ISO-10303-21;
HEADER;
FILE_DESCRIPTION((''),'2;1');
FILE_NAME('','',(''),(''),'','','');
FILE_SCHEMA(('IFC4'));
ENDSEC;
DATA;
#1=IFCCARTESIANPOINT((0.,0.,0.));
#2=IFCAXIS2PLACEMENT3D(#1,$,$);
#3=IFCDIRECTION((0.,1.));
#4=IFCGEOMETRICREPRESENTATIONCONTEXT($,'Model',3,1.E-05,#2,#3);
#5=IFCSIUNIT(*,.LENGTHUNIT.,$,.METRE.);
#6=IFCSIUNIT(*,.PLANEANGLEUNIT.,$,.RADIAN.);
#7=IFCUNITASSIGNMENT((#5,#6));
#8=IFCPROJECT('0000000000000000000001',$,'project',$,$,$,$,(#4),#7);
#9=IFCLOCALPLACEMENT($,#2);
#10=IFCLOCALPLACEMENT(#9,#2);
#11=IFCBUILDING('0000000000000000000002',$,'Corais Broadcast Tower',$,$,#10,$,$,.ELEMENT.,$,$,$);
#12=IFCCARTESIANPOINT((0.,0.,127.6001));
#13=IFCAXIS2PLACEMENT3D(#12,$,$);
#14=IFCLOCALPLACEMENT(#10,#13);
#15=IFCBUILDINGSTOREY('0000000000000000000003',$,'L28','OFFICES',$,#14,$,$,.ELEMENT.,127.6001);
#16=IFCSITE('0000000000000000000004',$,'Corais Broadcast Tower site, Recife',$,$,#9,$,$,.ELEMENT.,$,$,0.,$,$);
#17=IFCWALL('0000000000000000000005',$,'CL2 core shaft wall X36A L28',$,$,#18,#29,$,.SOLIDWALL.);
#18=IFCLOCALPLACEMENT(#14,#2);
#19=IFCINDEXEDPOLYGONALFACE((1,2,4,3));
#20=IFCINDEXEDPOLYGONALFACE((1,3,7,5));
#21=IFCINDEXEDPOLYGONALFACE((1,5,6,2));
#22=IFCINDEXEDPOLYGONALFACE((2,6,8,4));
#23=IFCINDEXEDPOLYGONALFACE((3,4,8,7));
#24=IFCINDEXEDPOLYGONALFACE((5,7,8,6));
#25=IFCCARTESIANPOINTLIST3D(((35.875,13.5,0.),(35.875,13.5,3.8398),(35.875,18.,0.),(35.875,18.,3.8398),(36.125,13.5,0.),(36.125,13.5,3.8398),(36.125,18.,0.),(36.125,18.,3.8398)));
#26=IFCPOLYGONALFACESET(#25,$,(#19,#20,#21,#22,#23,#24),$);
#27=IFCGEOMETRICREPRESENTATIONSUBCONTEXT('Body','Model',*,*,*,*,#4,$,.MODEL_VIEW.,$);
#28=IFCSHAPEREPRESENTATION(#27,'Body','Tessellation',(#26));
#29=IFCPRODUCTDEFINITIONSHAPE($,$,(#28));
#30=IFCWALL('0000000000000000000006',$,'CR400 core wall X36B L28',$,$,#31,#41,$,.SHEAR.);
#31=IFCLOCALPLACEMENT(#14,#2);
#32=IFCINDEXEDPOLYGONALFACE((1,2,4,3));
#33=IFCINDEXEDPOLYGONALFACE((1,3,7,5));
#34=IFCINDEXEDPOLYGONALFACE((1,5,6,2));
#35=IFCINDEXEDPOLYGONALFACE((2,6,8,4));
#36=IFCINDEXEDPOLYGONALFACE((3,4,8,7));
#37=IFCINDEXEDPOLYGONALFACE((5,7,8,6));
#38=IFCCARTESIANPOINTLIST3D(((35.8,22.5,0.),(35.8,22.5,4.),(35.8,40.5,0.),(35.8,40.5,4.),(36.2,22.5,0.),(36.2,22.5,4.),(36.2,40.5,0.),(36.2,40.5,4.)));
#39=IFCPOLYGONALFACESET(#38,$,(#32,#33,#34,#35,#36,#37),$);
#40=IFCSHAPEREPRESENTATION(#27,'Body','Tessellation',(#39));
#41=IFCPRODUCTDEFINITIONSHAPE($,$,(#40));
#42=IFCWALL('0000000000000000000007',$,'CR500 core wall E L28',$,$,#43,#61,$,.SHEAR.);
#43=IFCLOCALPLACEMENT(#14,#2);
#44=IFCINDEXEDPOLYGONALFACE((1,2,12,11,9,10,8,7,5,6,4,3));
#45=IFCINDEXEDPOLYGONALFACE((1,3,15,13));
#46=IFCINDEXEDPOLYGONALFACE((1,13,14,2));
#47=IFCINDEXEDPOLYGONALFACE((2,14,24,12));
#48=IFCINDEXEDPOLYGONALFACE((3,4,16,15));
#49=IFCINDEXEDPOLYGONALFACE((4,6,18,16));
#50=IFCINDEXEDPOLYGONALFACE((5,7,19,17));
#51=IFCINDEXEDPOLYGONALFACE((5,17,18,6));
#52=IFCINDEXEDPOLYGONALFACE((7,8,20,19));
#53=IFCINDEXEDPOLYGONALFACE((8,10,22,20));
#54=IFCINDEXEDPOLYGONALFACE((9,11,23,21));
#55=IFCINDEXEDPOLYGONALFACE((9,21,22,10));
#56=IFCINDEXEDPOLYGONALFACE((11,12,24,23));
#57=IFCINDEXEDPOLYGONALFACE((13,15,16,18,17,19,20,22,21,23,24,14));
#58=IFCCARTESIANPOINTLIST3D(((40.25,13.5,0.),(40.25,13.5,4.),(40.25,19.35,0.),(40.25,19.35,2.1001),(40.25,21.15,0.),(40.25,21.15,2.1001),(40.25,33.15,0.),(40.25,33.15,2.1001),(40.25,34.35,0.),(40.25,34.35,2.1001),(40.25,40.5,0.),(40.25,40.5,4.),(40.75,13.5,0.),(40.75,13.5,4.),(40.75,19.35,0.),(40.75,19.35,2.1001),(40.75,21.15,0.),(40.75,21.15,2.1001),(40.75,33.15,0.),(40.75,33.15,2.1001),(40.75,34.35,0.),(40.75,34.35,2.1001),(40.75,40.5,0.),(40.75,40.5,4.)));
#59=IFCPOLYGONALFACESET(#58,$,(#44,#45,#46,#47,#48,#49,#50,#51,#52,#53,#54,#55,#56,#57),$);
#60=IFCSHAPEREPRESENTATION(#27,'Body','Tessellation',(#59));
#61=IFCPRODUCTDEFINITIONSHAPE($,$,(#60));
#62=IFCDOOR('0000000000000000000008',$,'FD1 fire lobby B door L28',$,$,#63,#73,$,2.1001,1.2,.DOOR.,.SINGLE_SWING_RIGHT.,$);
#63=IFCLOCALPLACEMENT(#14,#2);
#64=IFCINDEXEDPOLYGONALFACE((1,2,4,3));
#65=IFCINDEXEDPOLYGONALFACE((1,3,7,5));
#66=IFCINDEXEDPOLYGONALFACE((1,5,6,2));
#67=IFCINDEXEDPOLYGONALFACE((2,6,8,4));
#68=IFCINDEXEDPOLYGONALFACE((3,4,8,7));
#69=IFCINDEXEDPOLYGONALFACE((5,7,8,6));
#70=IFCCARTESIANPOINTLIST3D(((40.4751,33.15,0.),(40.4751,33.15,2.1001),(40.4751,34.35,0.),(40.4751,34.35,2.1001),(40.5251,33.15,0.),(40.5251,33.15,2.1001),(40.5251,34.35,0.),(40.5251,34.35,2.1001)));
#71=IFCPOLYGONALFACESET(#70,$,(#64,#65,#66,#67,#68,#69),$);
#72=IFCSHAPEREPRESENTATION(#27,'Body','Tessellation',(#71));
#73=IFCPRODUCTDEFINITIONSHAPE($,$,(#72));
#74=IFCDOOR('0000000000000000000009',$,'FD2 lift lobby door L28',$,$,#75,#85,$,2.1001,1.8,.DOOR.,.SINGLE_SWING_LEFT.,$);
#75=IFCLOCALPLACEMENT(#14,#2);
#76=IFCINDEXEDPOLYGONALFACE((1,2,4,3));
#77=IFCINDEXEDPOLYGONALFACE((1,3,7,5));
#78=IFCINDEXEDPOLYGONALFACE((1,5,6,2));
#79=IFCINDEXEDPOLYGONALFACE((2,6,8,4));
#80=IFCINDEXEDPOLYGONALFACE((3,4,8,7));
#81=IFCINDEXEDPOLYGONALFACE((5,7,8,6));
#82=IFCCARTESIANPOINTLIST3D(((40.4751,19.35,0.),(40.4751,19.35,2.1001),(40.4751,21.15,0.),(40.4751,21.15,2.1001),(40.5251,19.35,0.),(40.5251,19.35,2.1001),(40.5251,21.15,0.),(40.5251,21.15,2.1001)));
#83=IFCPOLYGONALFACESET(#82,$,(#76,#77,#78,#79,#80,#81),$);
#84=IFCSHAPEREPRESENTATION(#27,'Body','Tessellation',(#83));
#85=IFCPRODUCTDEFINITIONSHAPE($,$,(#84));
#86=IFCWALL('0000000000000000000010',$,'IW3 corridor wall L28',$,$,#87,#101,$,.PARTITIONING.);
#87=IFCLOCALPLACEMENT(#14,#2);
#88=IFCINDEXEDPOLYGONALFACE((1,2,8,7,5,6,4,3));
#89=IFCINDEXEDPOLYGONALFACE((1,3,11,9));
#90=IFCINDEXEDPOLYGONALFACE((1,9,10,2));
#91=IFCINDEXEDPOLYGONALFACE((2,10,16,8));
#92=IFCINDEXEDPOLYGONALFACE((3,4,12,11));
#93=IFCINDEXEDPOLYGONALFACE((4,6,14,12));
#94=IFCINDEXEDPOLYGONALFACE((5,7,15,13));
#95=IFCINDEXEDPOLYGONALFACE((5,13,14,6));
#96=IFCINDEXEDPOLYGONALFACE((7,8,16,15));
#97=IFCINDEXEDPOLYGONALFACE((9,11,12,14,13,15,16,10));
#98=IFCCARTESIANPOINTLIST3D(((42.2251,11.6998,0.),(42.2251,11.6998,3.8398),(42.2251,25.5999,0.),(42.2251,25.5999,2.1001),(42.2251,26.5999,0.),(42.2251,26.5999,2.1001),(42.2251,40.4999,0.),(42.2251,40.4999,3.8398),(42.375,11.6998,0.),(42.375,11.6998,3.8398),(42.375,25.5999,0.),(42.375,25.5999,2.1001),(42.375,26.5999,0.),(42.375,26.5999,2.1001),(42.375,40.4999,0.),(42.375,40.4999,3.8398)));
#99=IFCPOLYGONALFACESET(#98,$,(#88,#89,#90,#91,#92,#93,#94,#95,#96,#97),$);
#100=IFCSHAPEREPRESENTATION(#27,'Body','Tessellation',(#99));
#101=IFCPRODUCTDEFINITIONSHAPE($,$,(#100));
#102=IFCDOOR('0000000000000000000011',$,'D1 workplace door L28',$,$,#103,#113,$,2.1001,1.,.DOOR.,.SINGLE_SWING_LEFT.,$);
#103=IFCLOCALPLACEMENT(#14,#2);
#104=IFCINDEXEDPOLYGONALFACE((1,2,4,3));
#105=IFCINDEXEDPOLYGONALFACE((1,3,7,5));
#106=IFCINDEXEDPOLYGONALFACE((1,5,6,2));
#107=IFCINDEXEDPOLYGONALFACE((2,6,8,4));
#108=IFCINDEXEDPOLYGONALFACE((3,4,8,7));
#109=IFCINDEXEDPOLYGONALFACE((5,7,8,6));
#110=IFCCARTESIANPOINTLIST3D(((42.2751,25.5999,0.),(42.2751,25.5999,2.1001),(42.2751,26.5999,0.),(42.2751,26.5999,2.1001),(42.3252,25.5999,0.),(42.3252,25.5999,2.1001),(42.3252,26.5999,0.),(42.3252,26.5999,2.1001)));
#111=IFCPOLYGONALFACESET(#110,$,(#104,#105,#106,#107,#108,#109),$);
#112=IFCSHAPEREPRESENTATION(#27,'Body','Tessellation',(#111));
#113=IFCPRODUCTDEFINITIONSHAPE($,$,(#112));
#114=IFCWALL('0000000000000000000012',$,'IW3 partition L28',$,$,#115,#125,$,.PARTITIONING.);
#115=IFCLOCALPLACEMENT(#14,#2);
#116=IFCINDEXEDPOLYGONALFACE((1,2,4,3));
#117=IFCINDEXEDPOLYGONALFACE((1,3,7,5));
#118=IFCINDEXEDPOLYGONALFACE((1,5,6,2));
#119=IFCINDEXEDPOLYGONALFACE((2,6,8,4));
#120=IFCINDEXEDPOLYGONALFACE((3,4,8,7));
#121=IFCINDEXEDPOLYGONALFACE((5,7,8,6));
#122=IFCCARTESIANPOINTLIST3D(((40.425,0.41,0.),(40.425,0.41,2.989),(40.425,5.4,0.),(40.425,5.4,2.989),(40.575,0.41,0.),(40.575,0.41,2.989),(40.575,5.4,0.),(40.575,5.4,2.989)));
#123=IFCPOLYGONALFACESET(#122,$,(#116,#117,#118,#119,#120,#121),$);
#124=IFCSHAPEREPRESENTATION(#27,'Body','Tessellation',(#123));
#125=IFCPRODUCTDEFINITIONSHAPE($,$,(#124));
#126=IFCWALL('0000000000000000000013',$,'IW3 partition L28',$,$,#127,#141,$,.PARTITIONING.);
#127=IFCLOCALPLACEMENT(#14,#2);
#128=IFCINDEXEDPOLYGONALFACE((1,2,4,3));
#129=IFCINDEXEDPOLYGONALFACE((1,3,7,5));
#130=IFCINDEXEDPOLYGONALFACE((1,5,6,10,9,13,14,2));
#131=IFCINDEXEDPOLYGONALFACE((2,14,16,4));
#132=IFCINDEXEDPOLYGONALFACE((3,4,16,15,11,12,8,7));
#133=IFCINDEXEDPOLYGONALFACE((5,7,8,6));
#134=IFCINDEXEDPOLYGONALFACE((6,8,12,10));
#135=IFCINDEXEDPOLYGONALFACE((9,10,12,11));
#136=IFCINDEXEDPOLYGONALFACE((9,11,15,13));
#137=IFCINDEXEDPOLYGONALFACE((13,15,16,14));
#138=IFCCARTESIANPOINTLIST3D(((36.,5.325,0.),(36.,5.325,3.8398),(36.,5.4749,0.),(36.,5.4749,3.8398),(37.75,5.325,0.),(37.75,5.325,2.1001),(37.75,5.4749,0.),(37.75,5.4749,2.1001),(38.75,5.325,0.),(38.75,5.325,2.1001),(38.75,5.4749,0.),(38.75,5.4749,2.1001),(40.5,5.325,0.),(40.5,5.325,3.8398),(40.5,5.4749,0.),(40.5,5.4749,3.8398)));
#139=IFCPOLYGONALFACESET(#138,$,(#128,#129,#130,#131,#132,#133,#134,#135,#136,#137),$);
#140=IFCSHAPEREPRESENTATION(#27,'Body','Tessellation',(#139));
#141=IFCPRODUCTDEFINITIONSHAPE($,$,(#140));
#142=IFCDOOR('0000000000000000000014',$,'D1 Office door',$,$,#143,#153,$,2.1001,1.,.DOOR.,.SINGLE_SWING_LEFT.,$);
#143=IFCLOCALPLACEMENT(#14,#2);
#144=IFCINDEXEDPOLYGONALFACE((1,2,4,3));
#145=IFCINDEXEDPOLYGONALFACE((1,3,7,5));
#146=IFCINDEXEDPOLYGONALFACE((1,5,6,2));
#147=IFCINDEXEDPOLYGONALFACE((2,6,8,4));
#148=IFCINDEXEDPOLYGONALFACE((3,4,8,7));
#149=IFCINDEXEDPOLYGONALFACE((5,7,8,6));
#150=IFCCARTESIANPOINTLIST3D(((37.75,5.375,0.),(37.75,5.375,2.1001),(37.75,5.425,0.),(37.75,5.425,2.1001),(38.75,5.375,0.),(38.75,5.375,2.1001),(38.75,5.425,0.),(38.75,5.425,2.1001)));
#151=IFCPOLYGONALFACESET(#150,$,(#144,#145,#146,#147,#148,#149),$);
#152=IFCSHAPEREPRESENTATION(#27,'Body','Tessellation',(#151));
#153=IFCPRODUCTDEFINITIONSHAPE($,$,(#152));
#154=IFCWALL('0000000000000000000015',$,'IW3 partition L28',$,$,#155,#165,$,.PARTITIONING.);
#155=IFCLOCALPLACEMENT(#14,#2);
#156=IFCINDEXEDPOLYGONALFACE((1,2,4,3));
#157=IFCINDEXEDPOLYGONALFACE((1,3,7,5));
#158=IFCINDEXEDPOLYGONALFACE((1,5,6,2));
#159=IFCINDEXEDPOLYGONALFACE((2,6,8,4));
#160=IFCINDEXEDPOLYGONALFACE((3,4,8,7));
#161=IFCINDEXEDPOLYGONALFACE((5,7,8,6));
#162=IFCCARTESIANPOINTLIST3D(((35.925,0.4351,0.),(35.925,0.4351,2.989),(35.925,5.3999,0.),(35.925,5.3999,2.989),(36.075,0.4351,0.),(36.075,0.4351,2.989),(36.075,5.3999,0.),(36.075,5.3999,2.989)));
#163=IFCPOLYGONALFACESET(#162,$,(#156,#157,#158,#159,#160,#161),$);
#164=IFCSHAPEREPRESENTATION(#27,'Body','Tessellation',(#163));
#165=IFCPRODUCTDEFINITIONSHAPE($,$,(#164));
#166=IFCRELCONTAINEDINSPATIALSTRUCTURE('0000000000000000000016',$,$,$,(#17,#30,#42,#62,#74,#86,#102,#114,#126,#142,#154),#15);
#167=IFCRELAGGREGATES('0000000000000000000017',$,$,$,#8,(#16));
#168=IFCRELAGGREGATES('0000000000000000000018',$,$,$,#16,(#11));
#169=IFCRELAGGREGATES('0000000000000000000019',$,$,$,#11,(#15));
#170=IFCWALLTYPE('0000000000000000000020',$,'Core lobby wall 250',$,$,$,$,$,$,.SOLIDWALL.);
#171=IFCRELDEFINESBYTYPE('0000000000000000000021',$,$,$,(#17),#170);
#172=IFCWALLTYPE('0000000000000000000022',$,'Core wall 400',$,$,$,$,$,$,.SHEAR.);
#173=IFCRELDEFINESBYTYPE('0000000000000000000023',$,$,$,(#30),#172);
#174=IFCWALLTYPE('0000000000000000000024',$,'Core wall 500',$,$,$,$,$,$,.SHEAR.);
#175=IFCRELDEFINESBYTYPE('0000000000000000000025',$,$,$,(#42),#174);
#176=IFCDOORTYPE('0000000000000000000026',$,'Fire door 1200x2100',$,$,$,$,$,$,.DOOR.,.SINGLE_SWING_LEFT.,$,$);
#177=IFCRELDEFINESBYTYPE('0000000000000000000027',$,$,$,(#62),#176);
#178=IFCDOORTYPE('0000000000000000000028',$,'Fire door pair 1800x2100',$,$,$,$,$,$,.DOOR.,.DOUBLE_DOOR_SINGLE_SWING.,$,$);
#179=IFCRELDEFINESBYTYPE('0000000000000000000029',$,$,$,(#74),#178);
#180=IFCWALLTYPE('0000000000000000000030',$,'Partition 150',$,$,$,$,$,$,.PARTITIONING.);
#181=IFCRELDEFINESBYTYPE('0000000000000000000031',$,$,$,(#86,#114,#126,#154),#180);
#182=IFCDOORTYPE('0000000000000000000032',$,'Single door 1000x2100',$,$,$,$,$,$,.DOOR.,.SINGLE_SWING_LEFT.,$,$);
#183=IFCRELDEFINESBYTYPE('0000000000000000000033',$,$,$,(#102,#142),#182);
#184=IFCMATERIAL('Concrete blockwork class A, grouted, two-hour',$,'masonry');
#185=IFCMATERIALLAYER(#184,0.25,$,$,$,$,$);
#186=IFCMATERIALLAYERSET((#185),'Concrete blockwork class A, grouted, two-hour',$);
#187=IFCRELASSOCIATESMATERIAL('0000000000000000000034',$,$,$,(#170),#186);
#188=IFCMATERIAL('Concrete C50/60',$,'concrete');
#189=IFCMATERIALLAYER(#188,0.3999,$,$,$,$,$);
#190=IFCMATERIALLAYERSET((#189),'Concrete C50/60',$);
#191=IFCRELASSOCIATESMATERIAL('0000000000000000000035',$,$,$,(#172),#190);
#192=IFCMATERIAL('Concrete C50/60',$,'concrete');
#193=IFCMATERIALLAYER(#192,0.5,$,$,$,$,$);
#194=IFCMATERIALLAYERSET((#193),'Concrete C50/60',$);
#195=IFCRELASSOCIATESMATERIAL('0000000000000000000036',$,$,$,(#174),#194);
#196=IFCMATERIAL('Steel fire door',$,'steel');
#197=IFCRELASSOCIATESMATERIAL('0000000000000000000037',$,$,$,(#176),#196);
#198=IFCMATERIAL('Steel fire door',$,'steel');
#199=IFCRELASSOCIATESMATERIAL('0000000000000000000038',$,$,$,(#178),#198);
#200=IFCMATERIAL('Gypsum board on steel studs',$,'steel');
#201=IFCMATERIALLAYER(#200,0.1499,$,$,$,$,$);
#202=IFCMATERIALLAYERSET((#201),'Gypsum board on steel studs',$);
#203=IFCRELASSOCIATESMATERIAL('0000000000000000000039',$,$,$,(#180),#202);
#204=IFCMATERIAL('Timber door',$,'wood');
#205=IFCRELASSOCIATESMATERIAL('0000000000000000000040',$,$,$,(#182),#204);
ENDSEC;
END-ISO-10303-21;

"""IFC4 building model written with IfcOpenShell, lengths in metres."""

from ifc_helpers import new_model, si_unit, direction, frame, frame_2d, origin, place, context, subcontext, project, spatial, rectangle, extrude, material, layer, layer_set, type_object, element, fill, save


model = new_model("IFC4")

# Units and contexts
model_context = context("Model", 3, precision=1e-05, world=origin(), true_north=direction((0.0, 1.0)))
body_context = subcontext(model_context, "Body", "Model", "MODEL_VIEW")
ifc_project = project(units=[si_unit("LENGTHUNIT", "METRE"), si_unit("PLANEANGLEUNIT", "RADIAN")], contexts=[model_context])

# Site, building, storey
site_placement = place(None, origin())
site = spatial("IfcSite", under=ifc_project, at=site_placement, Name="Corais Broadcast Tower site, Recife", CompositionType="ELEMENT", RefElevation=0.0)
building_placement = place(site_placement, origin())
building = spatial("IfcBuilding", under=site, at=building_placement, Name="Corais Broadcast Tower", CompositionType="ELEMENT")
storey_placement = place(building_placement, frame((0.0, 0.0, 127.6001)))
storey = spatial("IfcBuildingStorey", under=building, at=storey_placement, Name="L28", Description="OFFICES", CompositionType="ELEMENT", Elevation=127.6001)

# Walls
ifc_material_1 = material(Name="Concrete blockwork class A, grouted, two-hour", Category="masonry")
ifc_layer_1 = layer(ifc_material_1, 0.25)
ifc_layer_set_1 = layer_set([ifc_layer_1], Name="Concrete blockwork class A, grouted, two-hour")
wall_type_1 = type_object("IfcWallType", Name="Core lobby wall 250", PredefinedType="SOLIDWALL", material=ifc_layer_set_1)
wall_1_placement = place(storey_placement, frame((36.0, 13.5, 0.0), z_axis=(0.0, 0.0, 1.0), x_axis=(0.0, 1.0, 0.0)))
element("IfcWall", 1, at=wall_1_placement, inside=storey, type_object=wall_type_1, Name="CL2 core shaft wall X36A L28", PredefinedType="SOLIDWALL", context=body_context, shape_type="SweptSolid", body=[
    extrude(rectangle(XDim=4.5, YDim=0.25, at=frame_2d((2.25, 0.0))), origin(), (0.0, 0.0, 1.0), 3.8398),
])
ifc_material_2 = material(Name="Concrete C50/60", Category="concrete")
ifc_layer_2 = layer(ifc_material_2, 0.3999)
ifc_layer_set_2 = layer_set([ifc_layer_2], Name="Concrete C50/60")
wall_type_2 = type_object("IfcWallType", Name="Core wall 400", PredefinedType="SHEAR", material=ifc_layer_set_2)
wall_2_placement = place(storey_placement, frame((36.0, 22.5, 0.0), z_axis=(0.0, 0.0, 1.0), x_axis=(0.0, 1.0, 0.0)))
element("IfcWall", 2, at=wall_2_placement, inside=storey, type_object=wall_type_2, Name="CR400 core wall X36B L28", PredefinedType="SHEAR", context=body_context, shape_type="SweptSolid", body=[
    extrude(rectangle(XDim=18.0, YDim=0.3999, at=frame_2d((9.0, 0.0))), origin(), (0.0, 0.0, 1.0), 4.0),
])

# Wall, openings, doors
ifc_material_3 = material(Name="Concrete C50/60", Category="concrete")
ifc_layer_3 = layer(ifc_material_3, 0.5)
ifc_layer_set_3 = layer_set([ifc_layer_3], Name="Concrete C50/60")
wall_type_3 = type_object("IfcWallType", Name="Core wall 500", PredefinedType="SHEAR", material=ifc_layer_set_3)
wall_3_placement = place(storey_placement, frame((40.5, 13.5, 0.0), z_axis=(0.0, 0.0, 1.0), x_axis=(0.0, 1.0, 0.0)))
wall_3 = element("IfcWall", 3, at=wall_3_placement, inside=storey, type_object=wall_type_3, Name="CR500 core wall E L28", PredefinedType="SHEAR", context=body_context, shape_type="SweptSolid", body=[
    extrude(rectangle(XDim=27.0, YDim=0.5, at=frame_2d((13.5, 0.0))), origin(), (0.0, 0.0, 1.0), 4.0),
])
opening_1_placement = place(wall_3_placement, frame((5.8501, 0.0, 0.0)))
opening_1 = element("IfcOpeningElement", 4, at=opening_1_placement, cuts=wall_3, PredefinedType="OPENING", context=body_context, shape_type="SweptSolid", body=[
    extrude(rectangle(XDim=1.8, YDim=2.1001, at=frame_2d((0.8999, 1.05))), frame((0.0, 0.26, 0.0), z_axis=(0.0, -1.0, 0.0), x_axis=(1.0, 0.0, 0.0)), (0.0, 0.0, 1.0), 0.52),
])
opening_2_placement = place(wall_3_placement, frame((19.6499, 0.0, 0.0)))
opening_2 = element("IfcOpeningElement", 5, at=opening_2_placement, cuts=wall_3, PredefinedType="OPENING", context=body_context, shape_type="SweptSolid", body=[
    extrude(rectangle(XDim=1.2, YDim=2.1001, at=frame_2d((0.6001, 1.05))), frame((0.0, 0.26, 0.0), z_axis=(0.0, -1.0, 0.0), x_axis=(1.0, 0.0, 0.0)), (0.0, 0.0, 1.0), 0.52),
])
ifc_material_4 = material(Name="Steel fire door", Category="steel")
door_type_1 = type_object("IfcDoorType", Name="Fire door 1200x2100", OperationType="SINGLE_SWING_LEFT", PredefinedType="DOOR", material=ifc_material_4)
door_1_placement = place(opening_2_placement, origin())
door_1 = element("IfcDoor", 6, at=door_1_placement, inside=storey, type_object=door_type_1, Name="FD1 fire lobby B door L28", OperationType="SINGLE_SWING_RIGHT", OverallHeight=2.1001, OverallWidth=1.2, PredefinedType="DOOR", context=body_context, shape_type="SweptSolid", body=[
    extrude(rectangle(XDim=1.2, YDim=2.1001, at=frame_2d((0.6001, 1.05))), frame((0.0, 0.0249, 0.0), z_axis=(0.0, -1.0, 0.0), x_axis=(1.0, 0.0, 0.0)), (0.0, 0.0, 1.0), 0.05),
])
fill(opening_2, door_1)
ifc_material_5 = material(Name="Steel fire door", Category="steel")
door_type_2 = type_object("IfcDoorType", Name="Fire door pair 1800x2100", OperationType="DOUBLE_DOOR_SINGLE_SWING", PredefinedType="DOOR", material=ifc_material_5)
door_2_placement = place(opening_1_placement, origin())
door_2 = element("IfcDoor", 7, at=door_2_placement, inside=storey, type_object=door_type_2, Name="FD2 lift lobby door L28", OperationType="SINGLE_SWING_LEFT", OverallHeight=2.1001, OverallWidth=1.8, PredefinedType="DOOR", context=body_context, shape_type="SweptSolid", body=[
    extrude(rectangle(XDim=1.8, YDim=2.1001, at=frame_2d((0.8999, 1.05))), frame((0.0, 0.0249, 0.0), z_axis=(0.0, -1.0, 0.0), x_axis=(1.0, 0.0, 0.0)), (0.0, 0.0, 1.0), 0.05),
])
fill(opening_1, door_2)

# Wall, opening, door
ifc_material_6 = material(Name="Gypsum board on steel studs", Category="steel")
ifc_layer_4 = layer(ifc_material_6, 0.1499)
ifc_layer_set_4 = layer_set([ifc_layer_4], Name="Gypsum board on steel studs")
wall_type_4 = type_object("IfcWallType", Name="Partition 150", PredefinedType="PARTITIONING", material=ifc_layer_set_4)
wall_4_placement = place(storey_placement, frame((42.3, 11.7, 0.0), z_axis=(0.0, 0.0, 1.0), x_axis=(0.0, 1.0, 0.0)))
wall_4 = element("IfcWall", 8, at=wall_4_placement, inside=storey, type_object=wall_type_4, Name="IW3 corridor wall L28", PredefinedType="PARTITIONING", context=body_context, shape_type="SweptSolid", body=[
    extrude(rectangle(XDim=28.8, YDim=0.1499, at=frame_2d((14.3999, 0.0))), origin(), (0.0, 0.0, 1.0), 3.8398),
])
opening_3_placement = place(wall_4_placement, frame((13.8999, 0.0, 0.0)))
opening_3 = element("IfcOpeningElement", 9, at=opening_3_placement, cuts=wall_4, PredefinedType="OPENING", context=body_context, shape_type="SweptSolid", body=[
    extrude(rectangle(XDim=1.0, YDim=2.1001, at=frame_2d((0.5, 1.05))), frame((0.0, 0.085, 0.0), z_axis=(0.0, -1.0, 0.0), x_axis=(1.0, 0.0, 0.0)), (0.0, 0.0, 1.0), 0.1699),
])
ifc_material_7 = material(Name="Timber door", Category="wood")
door_type_3 = type_object("IfcDoorType", Name="Single door 1000x2100", OperationType="SINGLE_SWING_LEFT", PredefinedType="DOOR", material=ifc_material_7)
door_3_placement = place(opening_3_placement, origin())
door_3 = element("IfcDoor", 10, at=door_3_placement, inside=storey, type_object=door_type_3, Name="D1 workplace door L28", OperationType="SINGLE_SWING_LEFT", OverallHeight=2.1001, OverallWidth=1.0, PredefinedType="DOOR", context=body_context, shape_type="SweptSolid", body=[
    extrude(rectangle(XDim=1.0, YDim=2.1001, at=frame_2d((0.5, 1.05))), frame((0.0, 0.0249, 0.0), z_axis=(0.0, -1.0, 0.0), x_axis=(1.0, 0.0, 0.0)), (0.0, 0.0, 1.0), 0.05),
])
fill(opening_3, door_3)

# Wall
wall_5_placement = place(storey_placement, frame((40.5, 0.4099, 0.0), z_axis=(0.0, 0.0, 1.0), x_axis=(0.0, 1.0, 0.0)))
element("IfcWall", 11, at=wall_5_placement, inside=storey, type_object=wall_type_4, Name="IW3 partition L28", PredefinedType="PARTITIONING", context=body_context, shape_type="SweptSolid", body=[
    extrude(rectangle(XDim=4.99, YDim=0.1499, at=frame_2d((2.4951, 0.0))), origin(), (0.0, 0.0, 1.0), 2.989),
])

# Wall, opening, door
wall_6_placement = place(storey_placement, frame((40.5, 5.3999, 0.0), z_axis=(0.0, 0.0, 1.0), x_axis=(-1.0, 0.0, 0.0)))
wall_6 = element("IfcWall", 12, at=wall_6_placement, inside=storey, type_object=wall_type_4, Name="IW3 partition L28", PredefinedType="PARTITIONING", context=body_context, shape_type="SweptSolid", body=[
    extrude(rectangle(XDim=4.5, YDim=0.1499, at=frame_2d((2.25, 0.0))), origin(), (0.0, 0.0, 1.0), 3.8398),
])
opening_4_placement = place(wall_6_placement, frame((1.75, 0.0, 0.0)))
opening_4 = element("IfcOpeningElement", 13, at=opening_4_placement, cuts=wall_6, PredefinedType="OPENING", context=body_context, shape_type="SweptSolid", body=[
    extrude(rectangle(XDim=1.0, YDim=2.1001, at=frame_2d((0.5, 1.05))), frame((0.0, 0.085, 0.0), z_axis=(0.0, -1.0, 0.0), x_axis=(1.0, 0.0, 0.0)), (0.0, 0.0, 1.0), 0.1699),
])
door_4_placement = place(opening_4_placement, origin())
door_4 = element("IfcDoor", 14, at=door_4_placement, inside=storey, type_object=door_type_3, Name="D1 Office door", OperationType="SINGLE_SWING_LEFT", OverallHeight=2.1001, OverallWidth=1.0, PredefinedType="DOOR", context=body_context, shape_type="SweptSolid", body=[
    extrude(rectangle(XDim=1.0, YDim=2.1001, at=frame_2d((0.5, 1.05))), frame((0.0, 0.0249, 0.0), z_axis=(0.0, -1.0, 0.0), x_axis=(1.0, 0.0, 0.0)), (0.0, 0.0, 1.0), 0.05),
])
fill(opening_4, door_4)

# Wall
wall_7_placement = place(storey_placement, frame((36.0, 5.3999, 0.0), z_axis=(0.0, 0.0, 1.0), x_axis=(0.0, -1.0, 0.0)))
element("IfcWall", 15, at=wall_7_placement, inside=storey, type_object=wall_type_4, Name="IW3 partition L28", PredefinedType="PARTITIONING", context=body_context, shape_type="SweptSolid", body=[
    extrude(rectangle(XDim=4.9648, YDim=0.1499, at=frame_2d((2.4824, 0.0))), origin(), (0.0, 0.0, 1.0), 2.989),
])

save(model, "model.ifc")
